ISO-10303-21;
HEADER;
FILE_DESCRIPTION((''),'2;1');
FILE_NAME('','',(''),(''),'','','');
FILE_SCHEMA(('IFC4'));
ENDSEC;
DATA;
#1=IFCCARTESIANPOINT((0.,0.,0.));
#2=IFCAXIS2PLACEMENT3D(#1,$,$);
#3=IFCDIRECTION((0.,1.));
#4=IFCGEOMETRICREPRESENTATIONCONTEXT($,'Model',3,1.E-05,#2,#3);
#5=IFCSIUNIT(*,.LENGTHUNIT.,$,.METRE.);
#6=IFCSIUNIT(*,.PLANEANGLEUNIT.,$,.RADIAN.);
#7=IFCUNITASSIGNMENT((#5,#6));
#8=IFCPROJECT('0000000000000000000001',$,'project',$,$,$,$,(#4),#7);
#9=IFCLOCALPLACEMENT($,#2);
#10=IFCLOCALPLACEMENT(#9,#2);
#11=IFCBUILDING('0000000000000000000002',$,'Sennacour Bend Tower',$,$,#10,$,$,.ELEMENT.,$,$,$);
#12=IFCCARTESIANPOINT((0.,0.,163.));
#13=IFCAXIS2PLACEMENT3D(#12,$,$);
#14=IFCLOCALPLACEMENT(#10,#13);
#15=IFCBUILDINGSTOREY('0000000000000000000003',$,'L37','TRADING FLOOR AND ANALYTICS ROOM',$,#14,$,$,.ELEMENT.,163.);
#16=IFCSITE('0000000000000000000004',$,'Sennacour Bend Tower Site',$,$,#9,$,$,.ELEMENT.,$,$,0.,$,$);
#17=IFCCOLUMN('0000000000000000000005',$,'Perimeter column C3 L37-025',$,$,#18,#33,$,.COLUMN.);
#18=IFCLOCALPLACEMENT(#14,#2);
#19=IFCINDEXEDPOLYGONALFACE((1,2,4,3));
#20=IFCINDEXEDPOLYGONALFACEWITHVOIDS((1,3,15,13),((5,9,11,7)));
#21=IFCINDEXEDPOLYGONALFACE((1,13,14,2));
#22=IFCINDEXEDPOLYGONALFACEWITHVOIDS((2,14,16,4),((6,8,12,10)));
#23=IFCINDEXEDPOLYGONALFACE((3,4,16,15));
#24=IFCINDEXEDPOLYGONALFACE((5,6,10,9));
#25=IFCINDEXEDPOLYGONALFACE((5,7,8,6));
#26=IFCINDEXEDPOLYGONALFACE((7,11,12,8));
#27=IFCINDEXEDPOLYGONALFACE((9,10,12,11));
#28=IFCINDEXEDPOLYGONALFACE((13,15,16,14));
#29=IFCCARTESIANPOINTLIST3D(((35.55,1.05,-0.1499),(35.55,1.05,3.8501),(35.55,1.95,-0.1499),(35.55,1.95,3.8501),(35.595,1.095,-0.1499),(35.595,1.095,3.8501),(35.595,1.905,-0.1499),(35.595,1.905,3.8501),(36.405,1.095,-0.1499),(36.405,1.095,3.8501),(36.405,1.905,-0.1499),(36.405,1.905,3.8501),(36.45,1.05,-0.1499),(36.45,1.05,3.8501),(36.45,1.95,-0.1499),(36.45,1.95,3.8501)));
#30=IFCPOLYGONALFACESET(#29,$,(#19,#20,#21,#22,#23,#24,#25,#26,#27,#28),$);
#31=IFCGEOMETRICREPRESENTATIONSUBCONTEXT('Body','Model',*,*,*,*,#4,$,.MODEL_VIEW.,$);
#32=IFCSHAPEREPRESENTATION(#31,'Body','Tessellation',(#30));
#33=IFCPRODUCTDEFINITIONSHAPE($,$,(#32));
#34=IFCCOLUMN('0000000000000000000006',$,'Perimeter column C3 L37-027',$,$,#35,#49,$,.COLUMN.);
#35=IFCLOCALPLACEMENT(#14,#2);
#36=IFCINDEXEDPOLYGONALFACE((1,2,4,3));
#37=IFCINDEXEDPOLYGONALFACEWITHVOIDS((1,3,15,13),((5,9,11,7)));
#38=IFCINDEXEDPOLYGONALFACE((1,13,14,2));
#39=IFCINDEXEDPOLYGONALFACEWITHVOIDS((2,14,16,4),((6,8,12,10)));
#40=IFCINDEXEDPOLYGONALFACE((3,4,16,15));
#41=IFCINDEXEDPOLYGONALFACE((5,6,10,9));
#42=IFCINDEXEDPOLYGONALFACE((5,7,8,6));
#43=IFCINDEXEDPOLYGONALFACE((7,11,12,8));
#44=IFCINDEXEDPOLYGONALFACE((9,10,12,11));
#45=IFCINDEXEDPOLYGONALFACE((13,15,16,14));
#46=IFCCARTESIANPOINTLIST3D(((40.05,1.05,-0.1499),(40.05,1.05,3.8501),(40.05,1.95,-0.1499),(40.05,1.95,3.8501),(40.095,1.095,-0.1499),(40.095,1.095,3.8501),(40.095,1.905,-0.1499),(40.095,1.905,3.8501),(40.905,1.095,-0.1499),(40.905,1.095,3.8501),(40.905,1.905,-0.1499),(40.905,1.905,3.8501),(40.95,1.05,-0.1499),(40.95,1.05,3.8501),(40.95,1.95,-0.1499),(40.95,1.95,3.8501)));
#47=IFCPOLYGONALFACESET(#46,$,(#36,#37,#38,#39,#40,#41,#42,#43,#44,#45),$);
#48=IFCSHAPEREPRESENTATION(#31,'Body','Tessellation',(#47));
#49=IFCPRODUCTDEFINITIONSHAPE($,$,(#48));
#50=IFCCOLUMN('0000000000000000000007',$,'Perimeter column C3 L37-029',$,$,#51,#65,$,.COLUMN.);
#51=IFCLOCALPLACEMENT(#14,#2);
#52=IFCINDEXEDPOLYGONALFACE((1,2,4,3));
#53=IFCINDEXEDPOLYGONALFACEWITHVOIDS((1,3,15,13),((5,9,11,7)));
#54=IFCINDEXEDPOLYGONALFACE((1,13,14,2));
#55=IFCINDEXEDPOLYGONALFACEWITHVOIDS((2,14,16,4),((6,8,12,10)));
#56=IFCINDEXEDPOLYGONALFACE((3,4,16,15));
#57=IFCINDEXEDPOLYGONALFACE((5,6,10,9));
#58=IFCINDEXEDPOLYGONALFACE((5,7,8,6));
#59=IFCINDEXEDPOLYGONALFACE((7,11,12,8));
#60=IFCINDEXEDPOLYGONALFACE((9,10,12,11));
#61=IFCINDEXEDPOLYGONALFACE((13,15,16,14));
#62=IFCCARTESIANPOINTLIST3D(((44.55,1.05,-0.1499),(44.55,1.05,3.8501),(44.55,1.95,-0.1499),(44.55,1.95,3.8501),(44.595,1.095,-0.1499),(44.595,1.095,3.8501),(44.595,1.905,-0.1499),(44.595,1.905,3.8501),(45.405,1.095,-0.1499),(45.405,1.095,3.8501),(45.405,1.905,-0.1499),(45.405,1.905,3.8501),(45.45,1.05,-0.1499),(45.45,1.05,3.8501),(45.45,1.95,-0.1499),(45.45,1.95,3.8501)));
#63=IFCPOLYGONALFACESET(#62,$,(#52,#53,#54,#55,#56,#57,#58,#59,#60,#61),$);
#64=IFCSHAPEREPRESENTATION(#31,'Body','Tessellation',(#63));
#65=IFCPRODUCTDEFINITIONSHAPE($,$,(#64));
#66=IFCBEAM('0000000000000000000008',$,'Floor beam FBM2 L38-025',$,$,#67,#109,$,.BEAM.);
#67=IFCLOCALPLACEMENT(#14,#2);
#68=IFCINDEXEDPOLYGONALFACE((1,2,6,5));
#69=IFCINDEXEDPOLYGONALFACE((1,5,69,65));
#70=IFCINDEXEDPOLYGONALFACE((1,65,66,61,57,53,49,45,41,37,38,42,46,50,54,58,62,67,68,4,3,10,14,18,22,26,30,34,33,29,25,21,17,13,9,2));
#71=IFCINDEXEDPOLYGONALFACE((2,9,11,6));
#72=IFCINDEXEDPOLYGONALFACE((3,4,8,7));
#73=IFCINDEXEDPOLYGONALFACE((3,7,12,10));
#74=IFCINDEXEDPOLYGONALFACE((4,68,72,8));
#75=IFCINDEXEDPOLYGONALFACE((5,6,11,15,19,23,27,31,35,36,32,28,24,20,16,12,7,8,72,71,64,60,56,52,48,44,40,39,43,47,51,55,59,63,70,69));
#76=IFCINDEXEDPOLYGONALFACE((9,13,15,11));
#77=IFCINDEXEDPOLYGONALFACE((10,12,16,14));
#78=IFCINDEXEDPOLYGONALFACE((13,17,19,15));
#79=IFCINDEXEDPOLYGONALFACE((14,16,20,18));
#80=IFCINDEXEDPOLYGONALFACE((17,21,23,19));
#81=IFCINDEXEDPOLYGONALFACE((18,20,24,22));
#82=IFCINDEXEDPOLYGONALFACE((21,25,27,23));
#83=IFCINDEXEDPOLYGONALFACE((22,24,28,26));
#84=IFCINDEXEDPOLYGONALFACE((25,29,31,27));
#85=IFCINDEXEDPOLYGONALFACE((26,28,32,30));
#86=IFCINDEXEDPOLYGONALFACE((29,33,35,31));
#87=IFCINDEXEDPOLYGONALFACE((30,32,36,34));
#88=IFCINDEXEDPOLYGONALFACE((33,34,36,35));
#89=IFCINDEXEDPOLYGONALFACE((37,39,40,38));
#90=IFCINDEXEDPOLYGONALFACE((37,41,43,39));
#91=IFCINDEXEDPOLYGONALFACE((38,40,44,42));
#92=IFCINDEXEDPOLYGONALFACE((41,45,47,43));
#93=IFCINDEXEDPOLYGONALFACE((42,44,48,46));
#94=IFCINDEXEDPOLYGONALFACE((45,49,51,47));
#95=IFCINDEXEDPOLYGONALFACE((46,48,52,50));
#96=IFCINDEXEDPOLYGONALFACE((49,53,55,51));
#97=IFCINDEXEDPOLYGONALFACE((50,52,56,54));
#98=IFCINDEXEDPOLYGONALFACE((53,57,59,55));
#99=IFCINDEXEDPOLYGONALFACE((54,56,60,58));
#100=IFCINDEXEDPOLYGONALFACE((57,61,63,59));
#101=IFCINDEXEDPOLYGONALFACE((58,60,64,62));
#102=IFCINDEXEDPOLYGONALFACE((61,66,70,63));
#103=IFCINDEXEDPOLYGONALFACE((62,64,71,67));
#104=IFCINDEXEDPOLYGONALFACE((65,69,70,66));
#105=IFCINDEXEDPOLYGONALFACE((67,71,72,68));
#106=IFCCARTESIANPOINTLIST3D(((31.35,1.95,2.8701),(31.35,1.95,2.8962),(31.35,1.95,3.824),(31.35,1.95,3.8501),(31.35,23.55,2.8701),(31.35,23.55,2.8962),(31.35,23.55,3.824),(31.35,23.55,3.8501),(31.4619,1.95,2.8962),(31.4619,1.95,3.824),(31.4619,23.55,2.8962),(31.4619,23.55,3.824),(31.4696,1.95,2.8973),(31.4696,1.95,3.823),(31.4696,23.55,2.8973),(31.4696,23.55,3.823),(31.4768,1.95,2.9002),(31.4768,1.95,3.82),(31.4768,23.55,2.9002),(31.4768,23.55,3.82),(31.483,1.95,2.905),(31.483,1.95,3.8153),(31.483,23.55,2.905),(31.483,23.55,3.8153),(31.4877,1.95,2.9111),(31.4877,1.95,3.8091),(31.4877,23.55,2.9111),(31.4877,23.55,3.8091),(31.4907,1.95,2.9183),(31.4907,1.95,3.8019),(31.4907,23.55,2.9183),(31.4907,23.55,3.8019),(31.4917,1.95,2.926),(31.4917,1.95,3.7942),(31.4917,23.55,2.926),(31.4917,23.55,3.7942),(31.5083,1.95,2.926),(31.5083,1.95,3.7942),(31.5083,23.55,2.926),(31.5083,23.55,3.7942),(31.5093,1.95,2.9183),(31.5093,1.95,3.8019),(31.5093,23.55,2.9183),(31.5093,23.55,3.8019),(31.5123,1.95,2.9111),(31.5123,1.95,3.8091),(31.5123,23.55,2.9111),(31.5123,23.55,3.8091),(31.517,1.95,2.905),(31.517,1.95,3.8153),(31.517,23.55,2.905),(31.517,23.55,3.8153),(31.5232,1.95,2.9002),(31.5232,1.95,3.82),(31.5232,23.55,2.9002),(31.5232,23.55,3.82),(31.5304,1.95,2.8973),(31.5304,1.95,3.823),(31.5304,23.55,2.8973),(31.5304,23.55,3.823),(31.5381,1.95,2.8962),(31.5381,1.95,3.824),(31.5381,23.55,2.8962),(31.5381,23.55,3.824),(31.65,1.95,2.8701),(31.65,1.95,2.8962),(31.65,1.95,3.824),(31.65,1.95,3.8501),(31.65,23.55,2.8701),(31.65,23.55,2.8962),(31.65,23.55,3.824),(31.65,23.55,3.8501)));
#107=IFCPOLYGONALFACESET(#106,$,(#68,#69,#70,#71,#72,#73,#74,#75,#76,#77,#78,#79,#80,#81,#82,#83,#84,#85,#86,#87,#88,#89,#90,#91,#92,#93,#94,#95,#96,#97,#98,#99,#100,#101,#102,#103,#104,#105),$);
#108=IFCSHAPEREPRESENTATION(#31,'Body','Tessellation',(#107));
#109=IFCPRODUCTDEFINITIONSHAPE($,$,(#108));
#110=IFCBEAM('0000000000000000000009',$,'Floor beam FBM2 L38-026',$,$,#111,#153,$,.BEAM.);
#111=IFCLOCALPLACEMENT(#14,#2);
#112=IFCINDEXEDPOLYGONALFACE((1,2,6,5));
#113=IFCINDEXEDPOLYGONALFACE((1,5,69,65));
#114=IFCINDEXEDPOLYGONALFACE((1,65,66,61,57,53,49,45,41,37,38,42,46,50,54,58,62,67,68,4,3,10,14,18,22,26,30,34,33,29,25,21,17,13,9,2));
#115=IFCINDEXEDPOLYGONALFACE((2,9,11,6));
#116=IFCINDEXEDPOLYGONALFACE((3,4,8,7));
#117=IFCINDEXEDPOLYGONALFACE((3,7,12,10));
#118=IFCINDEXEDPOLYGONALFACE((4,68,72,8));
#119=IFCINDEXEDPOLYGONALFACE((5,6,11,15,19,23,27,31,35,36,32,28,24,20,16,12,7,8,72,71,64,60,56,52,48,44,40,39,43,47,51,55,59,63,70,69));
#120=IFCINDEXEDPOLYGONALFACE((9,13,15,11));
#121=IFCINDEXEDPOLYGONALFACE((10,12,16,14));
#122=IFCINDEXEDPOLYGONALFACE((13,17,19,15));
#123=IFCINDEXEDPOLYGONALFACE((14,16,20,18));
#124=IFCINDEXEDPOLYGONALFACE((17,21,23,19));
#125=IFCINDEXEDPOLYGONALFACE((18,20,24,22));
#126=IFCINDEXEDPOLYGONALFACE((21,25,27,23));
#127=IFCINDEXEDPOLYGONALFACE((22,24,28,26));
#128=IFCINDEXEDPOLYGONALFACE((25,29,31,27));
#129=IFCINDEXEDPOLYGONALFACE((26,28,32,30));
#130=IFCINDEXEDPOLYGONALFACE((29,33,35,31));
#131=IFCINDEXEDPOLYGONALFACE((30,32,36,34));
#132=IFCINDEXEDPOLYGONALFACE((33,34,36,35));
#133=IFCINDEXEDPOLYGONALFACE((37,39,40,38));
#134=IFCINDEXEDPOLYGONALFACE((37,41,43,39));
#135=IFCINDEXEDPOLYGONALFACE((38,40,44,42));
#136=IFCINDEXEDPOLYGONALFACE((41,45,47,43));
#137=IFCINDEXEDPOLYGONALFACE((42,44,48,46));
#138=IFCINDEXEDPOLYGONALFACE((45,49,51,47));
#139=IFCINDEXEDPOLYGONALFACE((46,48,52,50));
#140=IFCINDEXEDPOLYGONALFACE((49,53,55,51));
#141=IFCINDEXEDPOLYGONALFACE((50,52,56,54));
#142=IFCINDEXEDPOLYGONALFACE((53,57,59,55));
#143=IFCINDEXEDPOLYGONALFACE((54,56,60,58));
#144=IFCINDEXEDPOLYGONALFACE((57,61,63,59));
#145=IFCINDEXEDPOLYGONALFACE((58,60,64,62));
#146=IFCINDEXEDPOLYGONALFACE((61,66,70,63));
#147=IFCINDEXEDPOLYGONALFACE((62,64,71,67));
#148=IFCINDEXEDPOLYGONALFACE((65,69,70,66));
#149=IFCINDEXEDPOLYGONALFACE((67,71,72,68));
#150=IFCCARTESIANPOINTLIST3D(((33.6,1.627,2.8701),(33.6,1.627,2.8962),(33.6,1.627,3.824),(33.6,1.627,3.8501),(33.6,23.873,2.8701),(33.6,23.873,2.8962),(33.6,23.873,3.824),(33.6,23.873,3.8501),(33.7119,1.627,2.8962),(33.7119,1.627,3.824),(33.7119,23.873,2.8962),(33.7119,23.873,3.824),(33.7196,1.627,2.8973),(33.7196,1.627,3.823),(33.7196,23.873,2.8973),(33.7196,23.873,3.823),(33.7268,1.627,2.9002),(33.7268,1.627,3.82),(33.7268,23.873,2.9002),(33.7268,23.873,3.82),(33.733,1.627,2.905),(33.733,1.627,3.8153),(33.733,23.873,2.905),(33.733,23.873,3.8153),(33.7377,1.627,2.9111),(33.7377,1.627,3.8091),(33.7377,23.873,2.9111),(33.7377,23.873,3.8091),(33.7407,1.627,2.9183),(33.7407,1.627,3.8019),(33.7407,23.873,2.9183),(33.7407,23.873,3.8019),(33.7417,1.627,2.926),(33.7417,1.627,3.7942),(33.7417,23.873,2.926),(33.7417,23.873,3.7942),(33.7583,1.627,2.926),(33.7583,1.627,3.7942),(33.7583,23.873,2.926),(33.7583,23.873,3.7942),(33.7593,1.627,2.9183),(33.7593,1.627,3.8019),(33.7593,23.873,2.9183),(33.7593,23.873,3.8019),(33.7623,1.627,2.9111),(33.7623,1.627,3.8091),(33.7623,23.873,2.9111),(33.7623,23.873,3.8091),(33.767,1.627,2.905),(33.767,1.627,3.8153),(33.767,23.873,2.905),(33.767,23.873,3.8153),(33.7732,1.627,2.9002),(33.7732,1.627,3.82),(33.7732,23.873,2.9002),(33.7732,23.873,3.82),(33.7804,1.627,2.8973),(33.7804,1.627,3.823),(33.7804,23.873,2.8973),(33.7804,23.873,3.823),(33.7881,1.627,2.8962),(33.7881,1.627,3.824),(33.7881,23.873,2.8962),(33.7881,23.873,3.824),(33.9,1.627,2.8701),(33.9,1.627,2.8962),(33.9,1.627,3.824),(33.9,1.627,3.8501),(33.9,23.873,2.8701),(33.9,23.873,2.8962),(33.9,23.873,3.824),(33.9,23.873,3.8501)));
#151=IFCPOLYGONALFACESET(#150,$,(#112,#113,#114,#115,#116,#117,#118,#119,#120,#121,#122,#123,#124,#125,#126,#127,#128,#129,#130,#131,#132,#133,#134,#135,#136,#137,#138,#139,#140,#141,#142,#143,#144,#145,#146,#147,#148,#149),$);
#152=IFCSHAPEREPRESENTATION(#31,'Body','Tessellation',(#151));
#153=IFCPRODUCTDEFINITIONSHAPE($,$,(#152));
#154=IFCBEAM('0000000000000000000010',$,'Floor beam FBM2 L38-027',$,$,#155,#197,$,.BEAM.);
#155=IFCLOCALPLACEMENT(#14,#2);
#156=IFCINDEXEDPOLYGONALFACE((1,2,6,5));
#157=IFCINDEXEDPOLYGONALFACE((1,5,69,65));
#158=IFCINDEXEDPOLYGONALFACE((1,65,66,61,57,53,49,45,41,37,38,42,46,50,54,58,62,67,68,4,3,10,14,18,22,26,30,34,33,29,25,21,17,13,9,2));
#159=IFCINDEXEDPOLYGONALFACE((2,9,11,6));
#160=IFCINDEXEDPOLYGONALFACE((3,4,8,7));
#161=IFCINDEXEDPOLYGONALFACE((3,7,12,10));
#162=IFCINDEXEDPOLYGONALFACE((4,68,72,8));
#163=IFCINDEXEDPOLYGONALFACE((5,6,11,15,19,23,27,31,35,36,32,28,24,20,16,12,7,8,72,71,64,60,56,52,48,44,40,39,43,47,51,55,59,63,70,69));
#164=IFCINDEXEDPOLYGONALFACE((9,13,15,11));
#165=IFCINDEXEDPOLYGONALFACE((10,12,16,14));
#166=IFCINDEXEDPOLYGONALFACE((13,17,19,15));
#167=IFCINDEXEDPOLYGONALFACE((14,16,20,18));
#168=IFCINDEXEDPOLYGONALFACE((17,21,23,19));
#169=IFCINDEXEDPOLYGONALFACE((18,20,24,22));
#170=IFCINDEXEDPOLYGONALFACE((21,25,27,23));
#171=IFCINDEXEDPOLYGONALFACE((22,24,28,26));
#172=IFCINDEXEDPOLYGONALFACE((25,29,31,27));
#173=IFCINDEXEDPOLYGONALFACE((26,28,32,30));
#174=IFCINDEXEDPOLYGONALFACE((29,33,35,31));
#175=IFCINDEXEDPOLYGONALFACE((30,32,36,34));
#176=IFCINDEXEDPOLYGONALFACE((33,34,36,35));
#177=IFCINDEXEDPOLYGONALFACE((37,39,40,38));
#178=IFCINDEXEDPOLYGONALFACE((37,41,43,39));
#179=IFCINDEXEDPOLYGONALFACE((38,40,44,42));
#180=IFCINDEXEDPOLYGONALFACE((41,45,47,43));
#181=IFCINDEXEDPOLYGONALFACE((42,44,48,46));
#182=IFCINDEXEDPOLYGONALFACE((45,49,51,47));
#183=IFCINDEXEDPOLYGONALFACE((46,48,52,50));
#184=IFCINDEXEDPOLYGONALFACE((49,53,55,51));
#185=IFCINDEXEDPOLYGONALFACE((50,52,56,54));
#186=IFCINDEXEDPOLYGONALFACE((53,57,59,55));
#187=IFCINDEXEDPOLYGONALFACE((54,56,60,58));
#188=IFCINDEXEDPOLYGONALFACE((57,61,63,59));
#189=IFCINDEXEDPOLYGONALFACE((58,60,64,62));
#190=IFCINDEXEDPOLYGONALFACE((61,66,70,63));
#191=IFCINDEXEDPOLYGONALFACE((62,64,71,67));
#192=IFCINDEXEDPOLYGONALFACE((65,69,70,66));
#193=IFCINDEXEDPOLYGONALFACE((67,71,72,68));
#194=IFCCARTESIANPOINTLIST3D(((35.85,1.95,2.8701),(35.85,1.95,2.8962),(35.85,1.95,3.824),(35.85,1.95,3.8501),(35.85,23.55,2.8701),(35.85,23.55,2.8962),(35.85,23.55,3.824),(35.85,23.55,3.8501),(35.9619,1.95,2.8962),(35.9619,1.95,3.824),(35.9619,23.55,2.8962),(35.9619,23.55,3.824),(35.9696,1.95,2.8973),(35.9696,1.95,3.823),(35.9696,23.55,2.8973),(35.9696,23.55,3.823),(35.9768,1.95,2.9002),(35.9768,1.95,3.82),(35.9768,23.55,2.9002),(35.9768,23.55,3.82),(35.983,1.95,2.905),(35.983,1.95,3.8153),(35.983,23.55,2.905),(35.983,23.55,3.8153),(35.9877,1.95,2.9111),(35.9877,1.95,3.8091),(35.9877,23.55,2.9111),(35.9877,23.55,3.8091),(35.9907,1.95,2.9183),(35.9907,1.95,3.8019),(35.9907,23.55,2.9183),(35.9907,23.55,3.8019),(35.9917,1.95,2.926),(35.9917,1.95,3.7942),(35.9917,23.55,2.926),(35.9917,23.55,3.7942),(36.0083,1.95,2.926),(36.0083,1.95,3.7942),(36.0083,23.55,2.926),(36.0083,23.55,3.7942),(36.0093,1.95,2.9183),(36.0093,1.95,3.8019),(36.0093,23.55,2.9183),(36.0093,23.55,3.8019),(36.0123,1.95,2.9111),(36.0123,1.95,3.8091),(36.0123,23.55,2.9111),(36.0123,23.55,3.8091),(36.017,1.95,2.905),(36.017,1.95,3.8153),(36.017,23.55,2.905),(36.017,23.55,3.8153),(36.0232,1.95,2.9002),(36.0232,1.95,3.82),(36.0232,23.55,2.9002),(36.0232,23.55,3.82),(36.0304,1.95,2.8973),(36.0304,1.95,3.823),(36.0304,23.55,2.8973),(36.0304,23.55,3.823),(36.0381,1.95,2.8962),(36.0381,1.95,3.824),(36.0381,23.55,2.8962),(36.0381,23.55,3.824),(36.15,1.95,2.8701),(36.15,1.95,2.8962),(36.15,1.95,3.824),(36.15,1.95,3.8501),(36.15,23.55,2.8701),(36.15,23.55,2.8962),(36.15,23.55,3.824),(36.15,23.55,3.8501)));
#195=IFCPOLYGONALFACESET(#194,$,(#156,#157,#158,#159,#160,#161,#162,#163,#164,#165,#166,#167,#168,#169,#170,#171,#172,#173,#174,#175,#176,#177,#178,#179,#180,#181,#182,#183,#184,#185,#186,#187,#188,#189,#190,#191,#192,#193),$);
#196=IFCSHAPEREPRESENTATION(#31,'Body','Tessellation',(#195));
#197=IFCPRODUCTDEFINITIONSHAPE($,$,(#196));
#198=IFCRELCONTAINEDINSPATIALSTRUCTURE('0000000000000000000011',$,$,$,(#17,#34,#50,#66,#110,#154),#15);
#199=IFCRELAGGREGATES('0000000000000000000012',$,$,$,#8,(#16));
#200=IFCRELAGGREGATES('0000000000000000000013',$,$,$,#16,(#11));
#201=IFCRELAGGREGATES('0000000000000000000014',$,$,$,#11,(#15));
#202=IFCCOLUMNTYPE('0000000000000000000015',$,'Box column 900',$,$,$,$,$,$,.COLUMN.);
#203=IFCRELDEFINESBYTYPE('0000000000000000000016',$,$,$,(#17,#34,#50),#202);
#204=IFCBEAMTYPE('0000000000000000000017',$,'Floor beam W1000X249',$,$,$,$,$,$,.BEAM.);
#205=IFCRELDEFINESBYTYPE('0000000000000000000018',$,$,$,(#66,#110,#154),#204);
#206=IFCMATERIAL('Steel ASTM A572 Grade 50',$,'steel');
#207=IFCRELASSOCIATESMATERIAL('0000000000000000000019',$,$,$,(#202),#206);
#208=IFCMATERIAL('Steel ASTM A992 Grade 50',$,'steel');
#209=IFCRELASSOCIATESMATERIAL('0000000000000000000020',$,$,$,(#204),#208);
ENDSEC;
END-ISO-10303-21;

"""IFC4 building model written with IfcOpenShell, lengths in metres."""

from ifc_helpers import new_model, si_unit, direction, frame, origin, origin_2d, place, context, subcontext, project, spatial, hollow_rectangle, i_section, extrude, material, material_profile, profile_set, type_object, element, save


model = new_model("IFC4")

# Units and contexts
model_context = context("Model", 3, precision=1e-05, world=origin(), true_north=direction((0.0, 1.0)))
body_context = subcontext(model_context, "Body", "Model", "MODEL_VIEW")
ifc_project = project(units=[si_unit("LENGTHUNIT", "METRE"), si_unit("PLANEANGLEUNIT", "RADIAN")], contexts=[model_context])

# Site, building, storey
site_placement = place(None, origin())
site = spatial("IfcSite", under=ifc_project, at=site_placement, Name="Sennacour Bend Tower Site", CompositionType="ELEMENT", RefElevation=0.0)
building_placement = place(site_placement, origin())
building = spatial("IfcBuilding", under=site, at=building_placement, Name="Sennacour Bend Tower", CompositionType="ELEMENT")
storey_placement = place(building_placement, frame((0.0, 0.0, 163.0)))
storey = spatial("IfcBuildingStorey", under=building, at=storey_placement, Name="L37", Description="TRADING FLOOR AND ANALYTICS ROOM", CompositionType="ELEMENT", Elevation=163.0)

# Columns
ifc_material_1 = material(Name="Steel ASTM A572 Grade 50", Category="steel")
ifc_material_profile_1 = material_profile(ifc_material_1, hollow_rectangle(XDim=0.8999, YDim=0.8999, WallThickness=0.0449, at=origin_2d()), Name="Steel ASTM A572 Grade 50", Category="steel")
ifc_profile_set_1 = profile_set([ifc_material_profile_1], Name="Steel ASTM A572 Grade 50")
column_type = type_object("IfcColumnType", Name="Box column 900", PredefinedType="COLUMN", material=ifc_profile_set_1)
for number, where, z_axis, x_axis, name in (
    (1, (36.0, 1.5, -0.1499), (0.0, 0.0, 1.0), (1.0, 0.0, 0.0), "Perimeter column C3 L37-025"),
    (2, (40.5, 1.5, -0.1499), (0.0, 0.0, 1.0), (1.0, 0.0, 0.0), "Perimeter column C3 L37-027"),
    (3, (45.0, 1.5, -0.1499), (0.0, 0.0, 1.0), (1.0, 0.0, 0.0), "Perimeter column C3 L37-029"),
):
    element("IfcColumn", number, at=place(storey_placement, frame(where, z_axis=z_axis, x_axis=x_axis)), inside=storey, type_object=column_type, Name=name, PredefinedType="COLUMN", context=body_context, shape_type="SweptSolid", body=[
        extrude(hollow_rectangle(XDim=0.8999, YDim=0.8999, WallThickness=0.0449, at=origin_2d()), origin(), (0.0, 0.0, 1.0), 4.0),
    ])

# Beams
ifc_material_2 = material(Name="Steel ASTM A992 Grade 50", Category="steel")
ifc_material_profile_2 = material_profile(ifc_material_2, i_section(OverallWidth=0.3, OverallDepth=0.98, WebThickness=0.0166, FlangeThickness=0.0261, FilletRadius=0.0298, at=origin_2d()), Name="Steel ASTM A992 Grade 50", Category="steel")
ifc_profile_set_2 = profile_set([ifc_material_profile_2], Name="Steel ASTM A992 Grade 50")
beam_type_1 = type_object("IfcBeamType", Name="Floor beam W1000X249", PredefinedType="BEAM", material=ifc_profile_set_2)
beam_1_placement = place(storey_placement, frame((31.5, 1.95, 3.3601), z_axis=(0.0, 1.0, 0.0), x_axis=(-1.0, 0.0, 0.0)))
element("IfcBeam", 4, at=beam_1_placement, inside=storey, type_object=beam_type_1, Name="Floor beam FBM2 L38-025", PredefinedType="BEAM", context=body_context, shape_type="SweptSolid", body=[
    extrude(i_section(OverallWidth=0.3, OverallDepth=0.98, WebThickness=0.0166, FlangeThickness=0.0261, FilletRadius=0.0298, at=origin_2d()), origin(), (0.0, 0.0, 1.0), 21.6001),
])
beam_2_placement = place(storey_placement, frame((33.75, 1.627, 3.3601), z_axis=(0.0, 1.0, 0.0), x_axis=(-1.0, 0.0, 0.0)))
element("IfcBeam", 5, at=beam_2_placement, inside=storey, type_object=beam_type_1, Name="Floor beam FBM2 L38-026", PredefinedType="BEAM", context=body_context, shape_type="SweptSolid", body=[
    extrude(i_section(OverallWidth=0.3, OverallDepth=0.98, WebThickness=0.0166, FlangeThickness=0.0261, FilletRadius=0.0298, at=origin_2d()), origin(), (0.0, 0.0, 1.0), 22.2461),
])
beam_3_placement = place(storey_placement, frame((36.0, 1.95, 3.3601), z_axis=(0.0, 1.0, 0.0), x_axis=(-1.0, 0.0, 0.0)))
element("IfcBeam", 6, at=beam_3_placement, inside=storey, type_object=beam_type_1, Name="Floor beam FBM2 L38-027", PredefinedType="BEAM", context=body_context, shape_type="SweptSolid", body=[
    extrude(i_section(OverallWidth=0.3, OverallDepth=0.98, WebThickness=0.0166, FlangeThickness=0.0261, FilletRadius=0.0298, at=origin_2d()), origin(), (0.0, 0.0, 1.0), 21.6001),
])

save(model, "model.ifc")
